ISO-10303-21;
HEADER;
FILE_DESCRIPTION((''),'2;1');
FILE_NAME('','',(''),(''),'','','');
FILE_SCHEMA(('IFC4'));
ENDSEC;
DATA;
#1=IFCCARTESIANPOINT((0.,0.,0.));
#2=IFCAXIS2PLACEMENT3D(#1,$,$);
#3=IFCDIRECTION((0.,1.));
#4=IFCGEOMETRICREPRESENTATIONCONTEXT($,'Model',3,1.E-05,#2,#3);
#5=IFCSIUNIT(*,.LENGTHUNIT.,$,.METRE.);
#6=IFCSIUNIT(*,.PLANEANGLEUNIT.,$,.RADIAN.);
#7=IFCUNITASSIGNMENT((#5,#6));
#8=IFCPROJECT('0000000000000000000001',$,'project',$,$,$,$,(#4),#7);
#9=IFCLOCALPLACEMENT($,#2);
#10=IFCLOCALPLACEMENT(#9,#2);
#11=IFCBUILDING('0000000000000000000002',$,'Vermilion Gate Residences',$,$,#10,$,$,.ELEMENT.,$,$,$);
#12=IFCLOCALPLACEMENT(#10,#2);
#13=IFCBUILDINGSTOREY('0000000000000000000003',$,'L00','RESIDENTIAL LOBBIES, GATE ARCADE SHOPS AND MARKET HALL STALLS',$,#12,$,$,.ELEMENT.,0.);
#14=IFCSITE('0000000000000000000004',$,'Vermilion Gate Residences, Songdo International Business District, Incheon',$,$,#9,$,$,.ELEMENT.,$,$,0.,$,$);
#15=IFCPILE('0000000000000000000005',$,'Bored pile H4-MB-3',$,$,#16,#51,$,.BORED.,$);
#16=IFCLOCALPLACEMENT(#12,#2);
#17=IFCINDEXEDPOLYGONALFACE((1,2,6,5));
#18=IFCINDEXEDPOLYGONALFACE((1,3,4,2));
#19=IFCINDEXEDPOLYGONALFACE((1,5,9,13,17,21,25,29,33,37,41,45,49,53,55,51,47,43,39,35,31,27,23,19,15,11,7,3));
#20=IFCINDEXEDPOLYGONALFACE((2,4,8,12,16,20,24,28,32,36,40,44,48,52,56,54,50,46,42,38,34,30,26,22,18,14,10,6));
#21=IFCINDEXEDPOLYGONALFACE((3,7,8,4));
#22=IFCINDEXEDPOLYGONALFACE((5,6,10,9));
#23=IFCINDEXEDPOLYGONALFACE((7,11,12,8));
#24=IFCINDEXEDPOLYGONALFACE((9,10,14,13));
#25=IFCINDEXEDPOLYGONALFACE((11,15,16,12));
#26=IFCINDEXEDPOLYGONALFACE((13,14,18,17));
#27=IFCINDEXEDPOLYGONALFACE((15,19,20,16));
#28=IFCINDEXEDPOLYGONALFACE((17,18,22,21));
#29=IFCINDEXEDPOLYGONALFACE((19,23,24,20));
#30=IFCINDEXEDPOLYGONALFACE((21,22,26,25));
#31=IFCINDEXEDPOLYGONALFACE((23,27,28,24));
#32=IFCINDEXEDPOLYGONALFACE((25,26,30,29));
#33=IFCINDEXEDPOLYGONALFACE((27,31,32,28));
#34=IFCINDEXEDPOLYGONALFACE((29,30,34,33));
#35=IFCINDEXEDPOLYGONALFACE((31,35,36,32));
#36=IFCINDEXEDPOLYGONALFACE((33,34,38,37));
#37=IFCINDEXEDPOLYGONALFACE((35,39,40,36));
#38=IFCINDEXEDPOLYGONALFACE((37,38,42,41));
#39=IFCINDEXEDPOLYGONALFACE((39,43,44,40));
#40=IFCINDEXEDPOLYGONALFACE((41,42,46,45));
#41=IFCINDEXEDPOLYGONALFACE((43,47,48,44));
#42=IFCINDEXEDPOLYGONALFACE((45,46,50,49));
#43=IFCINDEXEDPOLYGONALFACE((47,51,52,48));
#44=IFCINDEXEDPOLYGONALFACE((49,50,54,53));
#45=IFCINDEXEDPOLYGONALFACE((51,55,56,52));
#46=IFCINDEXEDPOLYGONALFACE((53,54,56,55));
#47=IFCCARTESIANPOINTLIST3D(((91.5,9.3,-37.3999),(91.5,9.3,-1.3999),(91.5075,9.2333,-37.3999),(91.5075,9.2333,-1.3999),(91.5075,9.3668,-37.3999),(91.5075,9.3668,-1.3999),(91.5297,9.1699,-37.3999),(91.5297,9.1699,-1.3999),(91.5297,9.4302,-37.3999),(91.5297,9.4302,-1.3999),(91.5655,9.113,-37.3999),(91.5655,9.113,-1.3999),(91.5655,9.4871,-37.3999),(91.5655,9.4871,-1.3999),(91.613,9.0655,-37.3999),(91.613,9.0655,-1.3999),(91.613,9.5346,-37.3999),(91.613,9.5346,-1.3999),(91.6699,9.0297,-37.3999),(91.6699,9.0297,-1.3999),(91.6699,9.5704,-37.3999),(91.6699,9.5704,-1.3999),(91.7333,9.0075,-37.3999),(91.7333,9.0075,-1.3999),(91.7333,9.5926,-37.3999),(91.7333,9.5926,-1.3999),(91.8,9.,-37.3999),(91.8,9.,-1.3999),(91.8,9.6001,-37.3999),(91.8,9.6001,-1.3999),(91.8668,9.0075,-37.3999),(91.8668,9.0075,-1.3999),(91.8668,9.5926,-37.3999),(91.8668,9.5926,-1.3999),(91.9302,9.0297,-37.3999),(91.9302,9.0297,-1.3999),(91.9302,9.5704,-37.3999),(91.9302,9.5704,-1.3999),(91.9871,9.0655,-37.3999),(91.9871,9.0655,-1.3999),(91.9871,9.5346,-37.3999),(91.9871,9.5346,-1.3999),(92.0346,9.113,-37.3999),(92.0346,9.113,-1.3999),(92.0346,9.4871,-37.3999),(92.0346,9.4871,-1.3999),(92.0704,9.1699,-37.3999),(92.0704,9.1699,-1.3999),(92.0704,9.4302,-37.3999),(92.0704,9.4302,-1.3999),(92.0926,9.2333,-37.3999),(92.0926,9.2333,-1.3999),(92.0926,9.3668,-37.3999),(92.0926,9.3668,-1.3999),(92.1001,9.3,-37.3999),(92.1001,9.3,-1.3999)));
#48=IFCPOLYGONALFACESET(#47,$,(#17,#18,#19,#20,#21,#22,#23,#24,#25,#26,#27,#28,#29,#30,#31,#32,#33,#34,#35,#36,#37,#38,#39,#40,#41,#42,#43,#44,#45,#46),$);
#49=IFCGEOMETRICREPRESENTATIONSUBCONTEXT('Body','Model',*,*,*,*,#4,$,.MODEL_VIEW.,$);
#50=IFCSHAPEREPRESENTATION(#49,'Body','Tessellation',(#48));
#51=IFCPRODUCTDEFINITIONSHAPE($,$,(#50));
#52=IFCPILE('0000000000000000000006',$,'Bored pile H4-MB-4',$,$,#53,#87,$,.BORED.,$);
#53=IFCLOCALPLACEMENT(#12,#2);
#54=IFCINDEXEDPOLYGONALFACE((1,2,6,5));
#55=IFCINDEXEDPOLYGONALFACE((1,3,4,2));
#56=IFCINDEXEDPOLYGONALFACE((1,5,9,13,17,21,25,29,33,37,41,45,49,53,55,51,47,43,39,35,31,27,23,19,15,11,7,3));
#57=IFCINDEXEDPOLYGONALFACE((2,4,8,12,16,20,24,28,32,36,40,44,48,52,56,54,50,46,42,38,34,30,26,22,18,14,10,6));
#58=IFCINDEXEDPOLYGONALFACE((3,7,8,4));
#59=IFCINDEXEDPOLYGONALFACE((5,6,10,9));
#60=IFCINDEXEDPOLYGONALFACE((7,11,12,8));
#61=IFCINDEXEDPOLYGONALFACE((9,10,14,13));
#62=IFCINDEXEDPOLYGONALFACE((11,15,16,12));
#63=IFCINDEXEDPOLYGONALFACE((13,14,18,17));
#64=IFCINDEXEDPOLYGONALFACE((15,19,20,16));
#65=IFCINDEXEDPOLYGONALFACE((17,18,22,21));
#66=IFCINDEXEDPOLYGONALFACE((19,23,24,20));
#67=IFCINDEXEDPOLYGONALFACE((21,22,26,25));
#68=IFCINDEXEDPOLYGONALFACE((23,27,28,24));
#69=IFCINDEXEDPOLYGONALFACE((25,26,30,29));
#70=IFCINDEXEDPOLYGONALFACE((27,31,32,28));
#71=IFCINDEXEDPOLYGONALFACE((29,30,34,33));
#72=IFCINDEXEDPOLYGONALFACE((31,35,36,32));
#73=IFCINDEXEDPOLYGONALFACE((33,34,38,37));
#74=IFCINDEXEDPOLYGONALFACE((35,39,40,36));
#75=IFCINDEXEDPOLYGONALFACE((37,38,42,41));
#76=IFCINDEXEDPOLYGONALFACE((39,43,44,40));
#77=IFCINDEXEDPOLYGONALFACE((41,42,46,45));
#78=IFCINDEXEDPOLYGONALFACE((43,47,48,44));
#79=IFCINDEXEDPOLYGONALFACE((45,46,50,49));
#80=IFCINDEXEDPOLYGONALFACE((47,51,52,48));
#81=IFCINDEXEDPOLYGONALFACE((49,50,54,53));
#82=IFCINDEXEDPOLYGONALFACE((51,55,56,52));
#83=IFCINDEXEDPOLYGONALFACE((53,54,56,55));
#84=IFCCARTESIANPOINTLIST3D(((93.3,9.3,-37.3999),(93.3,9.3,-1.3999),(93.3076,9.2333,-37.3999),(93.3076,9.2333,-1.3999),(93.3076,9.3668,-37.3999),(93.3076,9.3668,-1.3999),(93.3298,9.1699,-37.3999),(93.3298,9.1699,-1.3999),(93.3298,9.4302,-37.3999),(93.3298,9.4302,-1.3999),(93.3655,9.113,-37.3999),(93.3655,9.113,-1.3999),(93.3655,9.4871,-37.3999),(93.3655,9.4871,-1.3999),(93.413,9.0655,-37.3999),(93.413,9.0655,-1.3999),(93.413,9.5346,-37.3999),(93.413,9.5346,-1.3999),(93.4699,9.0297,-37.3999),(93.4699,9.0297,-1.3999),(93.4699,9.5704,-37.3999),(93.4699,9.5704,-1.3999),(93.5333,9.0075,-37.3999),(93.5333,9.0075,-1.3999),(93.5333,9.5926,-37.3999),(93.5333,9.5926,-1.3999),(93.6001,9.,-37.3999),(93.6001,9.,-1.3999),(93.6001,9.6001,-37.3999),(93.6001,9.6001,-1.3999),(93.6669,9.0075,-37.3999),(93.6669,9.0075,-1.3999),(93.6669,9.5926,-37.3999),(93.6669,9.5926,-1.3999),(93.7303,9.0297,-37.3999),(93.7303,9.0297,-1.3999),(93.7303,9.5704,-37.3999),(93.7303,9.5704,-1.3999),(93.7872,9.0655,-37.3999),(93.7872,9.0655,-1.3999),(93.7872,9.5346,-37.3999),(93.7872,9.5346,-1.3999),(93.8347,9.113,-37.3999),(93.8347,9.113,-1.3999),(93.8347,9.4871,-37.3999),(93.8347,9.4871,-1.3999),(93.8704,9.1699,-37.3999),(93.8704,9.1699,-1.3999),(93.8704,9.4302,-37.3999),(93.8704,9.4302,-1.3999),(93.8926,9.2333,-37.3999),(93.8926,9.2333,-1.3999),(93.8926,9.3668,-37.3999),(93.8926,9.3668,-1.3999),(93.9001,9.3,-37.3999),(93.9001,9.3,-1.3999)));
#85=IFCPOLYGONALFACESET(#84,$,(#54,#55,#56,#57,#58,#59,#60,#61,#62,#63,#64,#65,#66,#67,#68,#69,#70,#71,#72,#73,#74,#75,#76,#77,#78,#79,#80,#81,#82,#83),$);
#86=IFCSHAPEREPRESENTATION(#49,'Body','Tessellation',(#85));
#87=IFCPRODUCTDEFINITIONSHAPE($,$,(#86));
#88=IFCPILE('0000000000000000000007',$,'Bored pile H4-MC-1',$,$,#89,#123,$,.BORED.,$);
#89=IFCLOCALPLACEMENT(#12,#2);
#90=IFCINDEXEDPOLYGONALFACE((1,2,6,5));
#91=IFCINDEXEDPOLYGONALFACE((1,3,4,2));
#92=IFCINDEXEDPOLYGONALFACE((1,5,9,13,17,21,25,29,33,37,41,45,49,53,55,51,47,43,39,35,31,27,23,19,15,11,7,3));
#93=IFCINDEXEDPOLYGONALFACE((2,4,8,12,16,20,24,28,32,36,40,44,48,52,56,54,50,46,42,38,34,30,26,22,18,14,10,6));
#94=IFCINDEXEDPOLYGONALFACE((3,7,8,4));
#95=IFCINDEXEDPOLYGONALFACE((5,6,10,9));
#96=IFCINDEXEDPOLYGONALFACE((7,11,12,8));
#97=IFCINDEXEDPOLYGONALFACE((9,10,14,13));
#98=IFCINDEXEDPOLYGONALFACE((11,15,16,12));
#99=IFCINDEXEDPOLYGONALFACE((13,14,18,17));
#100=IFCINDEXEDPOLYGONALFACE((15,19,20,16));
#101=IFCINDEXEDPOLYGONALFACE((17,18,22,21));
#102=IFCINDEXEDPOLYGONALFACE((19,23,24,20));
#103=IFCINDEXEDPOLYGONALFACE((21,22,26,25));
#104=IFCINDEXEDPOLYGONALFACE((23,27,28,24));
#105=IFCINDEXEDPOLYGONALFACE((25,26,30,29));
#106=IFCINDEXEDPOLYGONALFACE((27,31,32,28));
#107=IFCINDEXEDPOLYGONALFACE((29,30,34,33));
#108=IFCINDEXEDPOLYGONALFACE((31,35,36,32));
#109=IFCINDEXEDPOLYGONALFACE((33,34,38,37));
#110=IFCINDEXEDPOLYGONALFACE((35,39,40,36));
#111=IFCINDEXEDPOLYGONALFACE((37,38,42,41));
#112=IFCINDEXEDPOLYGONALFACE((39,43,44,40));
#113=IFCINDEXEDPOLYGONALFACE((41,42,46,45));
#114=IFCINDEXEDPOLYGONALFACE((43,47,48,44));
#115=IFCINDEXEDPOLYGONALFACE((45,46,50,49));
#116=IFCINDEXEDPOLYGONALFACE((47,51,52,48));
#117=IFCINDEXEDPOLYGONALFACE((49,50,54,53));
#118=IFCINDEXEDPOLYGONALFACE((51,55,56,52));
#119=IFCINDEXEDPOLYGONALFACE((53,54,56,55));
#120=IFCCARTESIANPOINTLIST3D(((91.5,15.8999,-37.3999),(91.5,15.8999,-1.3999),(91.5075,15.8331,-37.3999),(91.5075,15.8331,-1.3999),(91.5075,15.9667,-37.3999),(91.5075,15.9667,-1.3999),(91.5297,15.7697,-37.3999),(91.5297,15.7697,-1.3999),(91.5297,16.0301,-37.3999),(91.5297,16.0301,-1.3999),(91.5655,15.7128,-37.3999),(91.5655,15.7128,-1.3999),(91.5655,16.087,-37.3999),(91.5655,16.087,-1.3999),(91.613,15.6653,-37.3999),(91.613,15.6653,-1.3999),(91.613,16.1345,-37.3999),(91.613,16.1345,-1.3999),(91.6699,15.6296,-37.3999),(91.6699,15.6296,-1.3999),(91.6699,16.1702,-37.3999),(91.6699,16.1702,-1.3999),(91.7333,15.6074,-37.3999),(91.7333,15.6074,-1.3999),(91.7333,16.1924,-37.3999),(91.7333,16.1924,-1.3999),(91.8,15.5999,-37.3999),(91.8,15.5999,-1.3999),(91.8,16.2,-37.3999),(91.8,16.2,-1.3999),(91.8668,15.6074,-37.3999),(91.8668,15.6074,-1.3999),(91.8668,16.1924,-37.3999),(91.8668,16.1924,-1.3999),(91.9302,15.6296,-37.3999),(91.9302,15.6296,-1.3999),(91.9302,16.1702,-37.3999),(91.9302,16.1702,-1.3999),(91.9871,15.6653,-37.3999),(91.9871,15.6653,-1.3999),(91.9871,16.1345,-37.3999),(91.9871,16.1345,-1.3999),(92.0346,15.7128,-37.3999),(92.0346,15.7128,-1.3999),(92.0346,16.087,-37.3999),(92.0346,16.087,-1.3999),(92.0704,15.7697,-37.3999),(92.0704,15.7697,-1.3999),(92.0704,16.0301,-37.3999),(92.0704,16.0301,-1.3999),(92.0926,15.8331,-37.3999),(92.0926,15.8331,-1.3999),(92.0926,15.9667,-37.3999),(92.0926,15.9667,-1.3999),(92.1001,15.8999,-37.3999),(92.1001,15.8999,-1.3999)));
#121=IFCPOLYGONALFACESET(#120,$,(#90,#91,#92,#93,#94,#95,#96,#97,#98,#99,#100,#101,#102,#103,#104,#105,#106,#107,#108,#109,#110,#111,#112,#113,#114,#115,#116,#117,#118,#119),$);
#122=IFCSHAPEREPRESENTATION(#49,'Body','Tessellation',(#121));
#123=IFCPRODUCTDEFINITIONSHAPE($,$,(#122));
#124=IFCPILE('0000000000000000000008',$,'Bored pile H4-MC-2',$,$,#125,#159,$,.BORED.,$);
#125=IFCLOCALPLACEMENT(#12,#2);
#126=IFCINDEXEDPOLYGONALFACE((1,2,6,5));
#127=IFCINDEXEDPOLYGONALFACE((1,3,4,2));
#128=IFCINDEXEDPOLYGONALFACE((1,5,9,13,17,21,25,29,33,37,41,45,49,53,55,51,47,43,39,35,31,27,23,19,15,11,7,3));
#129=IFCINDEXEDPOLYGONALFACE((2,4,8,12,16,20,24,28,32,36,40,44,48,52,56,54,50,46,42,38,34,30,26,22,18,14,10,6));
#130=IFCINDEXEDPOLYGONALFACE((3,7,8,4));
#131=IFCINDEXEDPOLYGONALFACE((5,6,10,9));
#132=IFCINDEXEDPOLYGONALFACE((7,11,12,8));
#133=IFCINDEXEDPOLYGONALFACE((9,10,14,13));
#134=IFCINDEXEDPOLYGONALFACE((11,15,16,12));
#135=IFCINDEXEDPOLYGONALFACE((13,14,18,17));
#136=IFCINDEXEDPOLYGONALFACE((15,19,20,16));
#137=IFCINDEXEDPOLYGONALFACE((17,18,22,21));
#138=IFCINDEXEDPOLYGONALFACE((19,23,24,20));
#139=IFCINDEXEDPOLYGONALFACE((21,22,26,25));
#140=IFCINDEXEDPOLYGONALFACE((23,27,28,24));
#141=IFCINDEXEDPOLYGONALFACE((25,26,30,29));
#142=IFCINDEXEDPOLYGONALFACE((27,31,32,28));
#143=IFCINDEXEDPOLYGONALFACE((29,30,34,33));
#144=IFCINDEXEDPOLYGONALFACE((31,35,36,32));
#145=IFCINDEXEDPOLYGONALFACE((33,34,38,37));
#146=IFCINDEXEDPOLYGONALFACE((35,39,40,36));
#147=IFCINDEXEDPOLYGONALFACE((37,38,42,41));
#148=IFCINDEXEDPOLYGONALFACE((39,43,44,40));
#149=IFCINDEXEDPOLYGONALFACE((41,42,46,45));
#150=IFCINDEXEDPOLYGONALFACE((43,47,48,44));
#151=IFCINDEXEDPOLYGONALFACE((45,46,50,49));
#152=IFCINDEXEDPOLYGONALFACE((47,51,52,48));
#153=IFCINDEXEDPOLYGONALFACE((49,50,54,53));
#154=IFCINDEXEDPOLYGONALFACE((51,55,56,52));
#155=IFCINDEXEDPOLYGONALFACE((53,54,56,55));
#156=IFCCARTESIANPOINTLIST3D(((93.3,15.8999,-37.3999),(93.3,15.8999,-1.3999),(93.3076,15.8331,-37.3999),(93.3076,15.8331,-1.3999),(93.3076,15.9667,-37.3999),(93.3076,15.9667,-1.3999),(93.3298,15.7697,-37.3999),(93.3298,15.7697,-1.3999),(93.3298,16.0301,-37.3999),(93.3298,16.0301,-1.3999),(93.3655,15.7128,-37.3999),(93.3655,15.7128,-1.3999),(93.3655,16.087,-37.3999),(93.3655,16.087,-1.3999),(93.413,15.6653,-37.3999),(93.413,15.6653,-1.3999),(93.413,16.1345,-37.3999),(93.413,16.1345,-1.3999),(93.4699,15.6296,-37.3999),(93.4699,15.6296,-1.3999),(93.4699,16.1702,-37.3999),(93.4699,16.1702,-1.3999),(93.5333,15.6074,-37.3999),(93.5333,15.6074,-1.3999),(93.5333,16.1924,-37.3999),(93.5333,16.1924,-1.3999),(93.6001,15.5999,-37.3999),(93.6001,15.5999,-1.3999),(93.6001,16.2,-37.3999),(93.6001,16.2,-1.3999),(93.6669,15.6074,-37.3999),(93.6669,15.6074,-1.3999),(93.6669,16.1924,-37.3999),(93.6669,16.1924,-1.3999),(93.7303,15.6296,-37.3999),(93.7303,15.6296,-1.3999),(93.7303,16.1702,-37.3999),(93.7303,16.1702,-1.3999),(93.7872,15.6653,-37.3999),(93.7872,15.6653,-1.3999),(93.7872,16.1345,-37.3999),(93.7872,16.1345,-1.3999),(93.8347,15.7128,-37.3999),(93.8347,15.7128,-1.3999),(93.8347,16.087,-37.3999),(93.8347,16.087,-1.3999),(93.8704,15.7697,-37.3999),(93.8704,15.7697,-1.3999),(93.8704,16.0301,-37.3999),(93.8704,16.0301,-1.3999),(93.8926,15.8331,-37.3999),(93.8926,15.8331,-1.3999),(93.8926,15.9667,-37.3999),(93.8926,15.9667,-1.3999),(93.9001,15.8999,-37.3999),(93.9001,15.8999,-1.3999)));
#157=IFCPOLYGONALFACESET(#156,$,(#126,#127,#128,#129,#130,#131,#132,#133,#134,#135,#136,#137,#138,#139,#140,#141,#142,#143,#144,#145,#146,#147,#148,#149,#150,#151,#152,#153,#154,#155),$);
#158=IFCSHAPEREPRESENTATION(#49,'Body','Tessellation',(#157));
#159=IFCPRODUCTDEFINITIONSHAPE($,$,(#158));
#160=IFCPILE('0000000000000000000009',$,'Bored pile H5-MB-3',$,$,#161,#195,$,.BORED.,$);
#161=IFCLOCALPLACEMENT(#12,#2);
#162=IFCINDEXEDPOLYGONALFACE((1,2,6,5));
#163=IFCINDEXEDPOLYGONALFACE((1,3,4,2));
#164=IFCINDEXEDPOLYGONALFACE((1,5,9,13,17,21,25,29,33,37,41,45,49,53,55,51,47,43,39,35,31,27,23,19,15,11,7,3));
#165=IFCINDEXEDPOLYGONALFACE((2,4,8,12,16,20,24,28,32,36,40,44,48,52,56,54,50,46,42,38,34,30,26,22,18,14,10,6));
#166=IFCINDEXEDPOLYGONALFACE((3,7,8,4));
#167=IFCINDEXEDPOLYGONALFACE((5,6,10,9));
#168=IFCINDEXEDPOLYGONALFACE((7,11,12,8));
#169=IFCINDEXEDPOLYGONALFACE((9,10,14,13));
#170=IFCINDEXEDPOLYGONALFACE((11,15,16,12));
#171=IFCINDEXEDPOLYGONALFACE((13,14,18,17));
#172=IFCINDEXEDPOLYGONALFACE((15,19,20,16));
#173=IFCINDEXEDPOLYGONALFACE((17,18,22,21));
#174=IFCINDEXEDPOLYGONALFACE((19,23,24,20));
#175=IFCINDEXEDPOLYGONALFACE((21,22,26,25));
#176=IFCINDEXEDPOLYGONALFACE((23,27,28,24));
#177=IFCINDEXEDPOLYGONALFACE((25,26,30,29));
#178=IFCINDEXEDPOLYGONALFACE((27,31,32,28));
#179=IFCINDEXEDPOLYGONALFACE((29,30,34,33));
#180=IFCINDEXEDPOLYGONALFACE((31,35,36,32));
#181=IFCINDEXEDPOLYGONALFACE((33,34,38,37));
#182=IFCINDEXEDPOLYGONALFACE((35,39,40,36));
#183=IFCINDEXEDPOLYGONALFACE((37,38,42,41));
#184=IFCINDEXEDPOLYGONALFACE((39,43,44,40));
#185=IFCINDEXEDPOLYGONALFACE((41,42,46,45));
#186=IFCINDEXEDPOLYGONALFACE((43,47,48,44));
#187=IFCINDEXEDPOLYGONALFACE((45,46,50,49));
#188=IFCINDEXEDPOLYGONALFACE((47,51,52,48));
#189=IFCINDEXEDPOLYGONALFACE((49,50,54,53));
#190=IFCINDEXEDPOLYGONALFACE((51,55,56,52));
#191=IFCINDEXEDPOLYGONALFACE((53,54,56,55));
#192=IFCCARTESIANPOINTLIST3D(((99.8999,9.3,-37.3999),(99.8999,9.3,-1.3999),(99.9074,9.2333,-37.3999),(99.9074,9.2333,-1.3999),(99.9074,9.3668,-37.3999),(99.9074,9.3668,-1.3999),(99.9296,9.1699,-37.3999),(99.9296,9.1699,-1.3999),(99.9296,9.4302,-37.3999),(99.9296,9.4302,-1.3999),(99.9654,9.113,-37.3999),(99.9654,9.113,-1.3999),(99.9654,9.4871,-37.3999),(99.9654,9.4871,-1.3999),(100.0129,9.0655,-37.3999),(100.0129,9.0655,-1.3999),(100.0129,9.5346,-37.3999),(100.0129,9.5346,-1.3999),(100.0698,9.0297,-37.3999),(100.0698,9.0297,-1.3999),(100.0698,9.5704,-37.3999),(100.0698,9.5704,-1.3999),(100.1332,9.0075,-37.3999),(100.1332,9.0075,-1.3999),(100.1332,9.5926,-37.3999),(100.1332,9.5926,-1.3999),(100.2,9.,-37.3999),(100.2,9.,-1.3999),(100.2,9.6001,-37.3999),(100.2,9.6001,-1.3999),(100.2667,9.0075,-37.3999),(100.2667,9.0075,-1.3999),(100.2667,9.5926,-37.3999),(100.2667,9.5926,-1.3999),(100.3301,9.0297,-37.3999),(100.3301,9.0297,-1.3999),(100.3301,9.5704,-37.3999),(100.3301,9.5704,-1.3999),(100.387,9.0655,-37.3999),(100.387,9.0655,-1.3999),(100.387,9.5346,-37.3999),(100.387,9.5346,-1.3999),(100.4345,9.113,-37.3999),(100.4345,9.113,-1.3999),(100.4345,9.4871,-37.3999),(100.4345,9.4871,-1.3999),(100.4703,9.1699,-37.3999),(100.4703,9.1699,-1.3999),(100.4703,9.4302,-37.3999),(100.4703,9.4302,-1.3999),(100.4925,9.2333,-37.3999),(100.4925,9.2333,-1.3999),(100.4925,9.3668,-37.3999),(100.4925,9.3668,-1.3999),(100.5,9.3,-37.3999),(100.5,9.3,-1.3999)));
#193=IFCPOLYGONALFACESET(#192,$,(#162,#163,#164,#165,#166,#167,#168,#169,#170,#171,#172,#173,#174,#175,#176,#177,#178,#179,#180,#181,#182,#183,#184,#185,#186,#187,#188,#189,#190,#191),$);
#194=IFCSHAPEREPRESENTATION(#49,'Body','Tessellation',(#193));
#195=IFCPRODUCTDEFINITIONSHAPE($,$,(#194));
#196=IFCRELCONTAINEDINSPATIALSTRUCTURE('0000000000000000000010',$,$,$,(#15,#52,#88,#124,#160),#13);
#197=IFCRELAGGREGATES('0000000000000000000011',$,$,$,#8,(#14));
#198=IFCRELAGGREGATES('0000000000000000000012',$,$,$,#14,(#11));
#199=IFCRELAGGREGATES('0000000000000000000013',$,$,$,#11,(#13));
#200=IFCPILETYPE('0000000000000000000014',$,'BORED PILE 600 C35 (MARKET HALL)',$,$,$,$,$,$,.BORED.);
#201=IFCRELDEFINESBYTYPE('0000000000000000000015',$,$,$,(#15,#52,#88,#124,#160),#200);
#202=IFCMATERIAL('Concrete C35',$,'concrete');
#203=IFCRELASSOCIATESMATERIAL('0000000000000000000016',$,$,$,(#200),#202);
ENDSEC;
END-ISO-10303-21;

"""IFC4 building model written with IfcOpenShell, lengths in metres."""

from ifc_helpers import new_model, si_unit, direction, frame, origin, origin_2d, place, context, subcontext, project, spatial, circle, extrude, material, material_profile, profile_set, type_object, element, save


model = new_model("IFC4")

# Units and contexts
model_context = context("Model", 3, precision=1e-05, world=origin(), true_north=direction((0.0, 1.0)))
body_context = subcontext(model_context, "Body", "Model", "MODEL_VIEW")
ifc_project = project(units=[si_unit("LENGTHUNIT", "METRE"), si_unit("PLANEANGLEUNIT", "RADIAN")], contexts=[model_context])

# Site, building, storey
site_placement = place(None, origin())
site = spatial("IfcSite", under=ifc_project, at=site_placement, Name="Vermilion Gate Residences, Songdo International Business District, Incheon", CompositionType="ELEMENT", RefElevation=0.0)
building_placement = place(site_placement, origin())
building = spatial("IfcBuilding", under=site, at=building_placement, Name="Vermilion Gate Residences", CompositionType="ELEMENT")
storey_placement = place(building_placement, origin())
storey = spatial("IfcBuildingStorey", under=building, at=storey_placement, Name="L00", Description="RESIDENTIAL LOBBIES, GATE ARCADE SHOPS AND MARKET HALL STALLS", CompositionType="ELEMENT", Elevation=0.0)

# Piles
ifc_material_1 = material(Name="Concrete C35", Category="concrete")
ifc_material_profile_1 = material_profile(ifc_material_1, circle(Radius=0.3, at=origin_2d()), Name="BORED PILE 600 C35 (MARKET HALL)")
ifc_profile_set_1 = profile_set([ifc_material_profile_1], Name="Concrete C35")
pile_type = type_object("IfcPileType", Name="BORED PILE 600 C35 (MARKET HALL)", PredefinedType="BORED", material=ifc_profile_set_1)
for number, where, z_axis, x_axis, name in (
    (1, (91.8, 9.3, -1.3999), (0.0, 0.0, -1.0), (1.0, 0.0, 0.0), "Bored pile H4-MB-3"),
    (2, (93.6001, 9.3, -1.3999), (0.0, 0.0, -1.0), (1.0, 0.0, 0.0), "Bored pile H4-MB-4"),
    (3, (91.8, 15.8999, -1.3999), (0.0, 0.0, -1.0), (1.0, 0.0, 0.0), "Bored pile H4-MC-1"),
    (4, (93.6001, 15.8999, -1.3999), (0.0, 0.0, -1.0), (1.0, 0.0, 0.0), "Bored pile H4-MC-2"),
    (5, (100.2, 9.3, -1.3999), (0.0, 0.0, -1.0), (1.0, 0.0, 0.0), "Bored pile H5-MB-3"),
):
    element("IfcPile", number, at=place(storey_placement, frame(where, z_axis=z_axis, x_axis=x_axis)), inside=storey, type_object=pile_type, Name=name, PredefinedType="BORED", context=body_context, shape_type="SweptSolid", body=[
        extrude(circle(Radius=0.3, at=origin_2d()), origin(), (0.0, 0.0, 1.0), 36.0),
    ])

save(model, "model.ifc")
